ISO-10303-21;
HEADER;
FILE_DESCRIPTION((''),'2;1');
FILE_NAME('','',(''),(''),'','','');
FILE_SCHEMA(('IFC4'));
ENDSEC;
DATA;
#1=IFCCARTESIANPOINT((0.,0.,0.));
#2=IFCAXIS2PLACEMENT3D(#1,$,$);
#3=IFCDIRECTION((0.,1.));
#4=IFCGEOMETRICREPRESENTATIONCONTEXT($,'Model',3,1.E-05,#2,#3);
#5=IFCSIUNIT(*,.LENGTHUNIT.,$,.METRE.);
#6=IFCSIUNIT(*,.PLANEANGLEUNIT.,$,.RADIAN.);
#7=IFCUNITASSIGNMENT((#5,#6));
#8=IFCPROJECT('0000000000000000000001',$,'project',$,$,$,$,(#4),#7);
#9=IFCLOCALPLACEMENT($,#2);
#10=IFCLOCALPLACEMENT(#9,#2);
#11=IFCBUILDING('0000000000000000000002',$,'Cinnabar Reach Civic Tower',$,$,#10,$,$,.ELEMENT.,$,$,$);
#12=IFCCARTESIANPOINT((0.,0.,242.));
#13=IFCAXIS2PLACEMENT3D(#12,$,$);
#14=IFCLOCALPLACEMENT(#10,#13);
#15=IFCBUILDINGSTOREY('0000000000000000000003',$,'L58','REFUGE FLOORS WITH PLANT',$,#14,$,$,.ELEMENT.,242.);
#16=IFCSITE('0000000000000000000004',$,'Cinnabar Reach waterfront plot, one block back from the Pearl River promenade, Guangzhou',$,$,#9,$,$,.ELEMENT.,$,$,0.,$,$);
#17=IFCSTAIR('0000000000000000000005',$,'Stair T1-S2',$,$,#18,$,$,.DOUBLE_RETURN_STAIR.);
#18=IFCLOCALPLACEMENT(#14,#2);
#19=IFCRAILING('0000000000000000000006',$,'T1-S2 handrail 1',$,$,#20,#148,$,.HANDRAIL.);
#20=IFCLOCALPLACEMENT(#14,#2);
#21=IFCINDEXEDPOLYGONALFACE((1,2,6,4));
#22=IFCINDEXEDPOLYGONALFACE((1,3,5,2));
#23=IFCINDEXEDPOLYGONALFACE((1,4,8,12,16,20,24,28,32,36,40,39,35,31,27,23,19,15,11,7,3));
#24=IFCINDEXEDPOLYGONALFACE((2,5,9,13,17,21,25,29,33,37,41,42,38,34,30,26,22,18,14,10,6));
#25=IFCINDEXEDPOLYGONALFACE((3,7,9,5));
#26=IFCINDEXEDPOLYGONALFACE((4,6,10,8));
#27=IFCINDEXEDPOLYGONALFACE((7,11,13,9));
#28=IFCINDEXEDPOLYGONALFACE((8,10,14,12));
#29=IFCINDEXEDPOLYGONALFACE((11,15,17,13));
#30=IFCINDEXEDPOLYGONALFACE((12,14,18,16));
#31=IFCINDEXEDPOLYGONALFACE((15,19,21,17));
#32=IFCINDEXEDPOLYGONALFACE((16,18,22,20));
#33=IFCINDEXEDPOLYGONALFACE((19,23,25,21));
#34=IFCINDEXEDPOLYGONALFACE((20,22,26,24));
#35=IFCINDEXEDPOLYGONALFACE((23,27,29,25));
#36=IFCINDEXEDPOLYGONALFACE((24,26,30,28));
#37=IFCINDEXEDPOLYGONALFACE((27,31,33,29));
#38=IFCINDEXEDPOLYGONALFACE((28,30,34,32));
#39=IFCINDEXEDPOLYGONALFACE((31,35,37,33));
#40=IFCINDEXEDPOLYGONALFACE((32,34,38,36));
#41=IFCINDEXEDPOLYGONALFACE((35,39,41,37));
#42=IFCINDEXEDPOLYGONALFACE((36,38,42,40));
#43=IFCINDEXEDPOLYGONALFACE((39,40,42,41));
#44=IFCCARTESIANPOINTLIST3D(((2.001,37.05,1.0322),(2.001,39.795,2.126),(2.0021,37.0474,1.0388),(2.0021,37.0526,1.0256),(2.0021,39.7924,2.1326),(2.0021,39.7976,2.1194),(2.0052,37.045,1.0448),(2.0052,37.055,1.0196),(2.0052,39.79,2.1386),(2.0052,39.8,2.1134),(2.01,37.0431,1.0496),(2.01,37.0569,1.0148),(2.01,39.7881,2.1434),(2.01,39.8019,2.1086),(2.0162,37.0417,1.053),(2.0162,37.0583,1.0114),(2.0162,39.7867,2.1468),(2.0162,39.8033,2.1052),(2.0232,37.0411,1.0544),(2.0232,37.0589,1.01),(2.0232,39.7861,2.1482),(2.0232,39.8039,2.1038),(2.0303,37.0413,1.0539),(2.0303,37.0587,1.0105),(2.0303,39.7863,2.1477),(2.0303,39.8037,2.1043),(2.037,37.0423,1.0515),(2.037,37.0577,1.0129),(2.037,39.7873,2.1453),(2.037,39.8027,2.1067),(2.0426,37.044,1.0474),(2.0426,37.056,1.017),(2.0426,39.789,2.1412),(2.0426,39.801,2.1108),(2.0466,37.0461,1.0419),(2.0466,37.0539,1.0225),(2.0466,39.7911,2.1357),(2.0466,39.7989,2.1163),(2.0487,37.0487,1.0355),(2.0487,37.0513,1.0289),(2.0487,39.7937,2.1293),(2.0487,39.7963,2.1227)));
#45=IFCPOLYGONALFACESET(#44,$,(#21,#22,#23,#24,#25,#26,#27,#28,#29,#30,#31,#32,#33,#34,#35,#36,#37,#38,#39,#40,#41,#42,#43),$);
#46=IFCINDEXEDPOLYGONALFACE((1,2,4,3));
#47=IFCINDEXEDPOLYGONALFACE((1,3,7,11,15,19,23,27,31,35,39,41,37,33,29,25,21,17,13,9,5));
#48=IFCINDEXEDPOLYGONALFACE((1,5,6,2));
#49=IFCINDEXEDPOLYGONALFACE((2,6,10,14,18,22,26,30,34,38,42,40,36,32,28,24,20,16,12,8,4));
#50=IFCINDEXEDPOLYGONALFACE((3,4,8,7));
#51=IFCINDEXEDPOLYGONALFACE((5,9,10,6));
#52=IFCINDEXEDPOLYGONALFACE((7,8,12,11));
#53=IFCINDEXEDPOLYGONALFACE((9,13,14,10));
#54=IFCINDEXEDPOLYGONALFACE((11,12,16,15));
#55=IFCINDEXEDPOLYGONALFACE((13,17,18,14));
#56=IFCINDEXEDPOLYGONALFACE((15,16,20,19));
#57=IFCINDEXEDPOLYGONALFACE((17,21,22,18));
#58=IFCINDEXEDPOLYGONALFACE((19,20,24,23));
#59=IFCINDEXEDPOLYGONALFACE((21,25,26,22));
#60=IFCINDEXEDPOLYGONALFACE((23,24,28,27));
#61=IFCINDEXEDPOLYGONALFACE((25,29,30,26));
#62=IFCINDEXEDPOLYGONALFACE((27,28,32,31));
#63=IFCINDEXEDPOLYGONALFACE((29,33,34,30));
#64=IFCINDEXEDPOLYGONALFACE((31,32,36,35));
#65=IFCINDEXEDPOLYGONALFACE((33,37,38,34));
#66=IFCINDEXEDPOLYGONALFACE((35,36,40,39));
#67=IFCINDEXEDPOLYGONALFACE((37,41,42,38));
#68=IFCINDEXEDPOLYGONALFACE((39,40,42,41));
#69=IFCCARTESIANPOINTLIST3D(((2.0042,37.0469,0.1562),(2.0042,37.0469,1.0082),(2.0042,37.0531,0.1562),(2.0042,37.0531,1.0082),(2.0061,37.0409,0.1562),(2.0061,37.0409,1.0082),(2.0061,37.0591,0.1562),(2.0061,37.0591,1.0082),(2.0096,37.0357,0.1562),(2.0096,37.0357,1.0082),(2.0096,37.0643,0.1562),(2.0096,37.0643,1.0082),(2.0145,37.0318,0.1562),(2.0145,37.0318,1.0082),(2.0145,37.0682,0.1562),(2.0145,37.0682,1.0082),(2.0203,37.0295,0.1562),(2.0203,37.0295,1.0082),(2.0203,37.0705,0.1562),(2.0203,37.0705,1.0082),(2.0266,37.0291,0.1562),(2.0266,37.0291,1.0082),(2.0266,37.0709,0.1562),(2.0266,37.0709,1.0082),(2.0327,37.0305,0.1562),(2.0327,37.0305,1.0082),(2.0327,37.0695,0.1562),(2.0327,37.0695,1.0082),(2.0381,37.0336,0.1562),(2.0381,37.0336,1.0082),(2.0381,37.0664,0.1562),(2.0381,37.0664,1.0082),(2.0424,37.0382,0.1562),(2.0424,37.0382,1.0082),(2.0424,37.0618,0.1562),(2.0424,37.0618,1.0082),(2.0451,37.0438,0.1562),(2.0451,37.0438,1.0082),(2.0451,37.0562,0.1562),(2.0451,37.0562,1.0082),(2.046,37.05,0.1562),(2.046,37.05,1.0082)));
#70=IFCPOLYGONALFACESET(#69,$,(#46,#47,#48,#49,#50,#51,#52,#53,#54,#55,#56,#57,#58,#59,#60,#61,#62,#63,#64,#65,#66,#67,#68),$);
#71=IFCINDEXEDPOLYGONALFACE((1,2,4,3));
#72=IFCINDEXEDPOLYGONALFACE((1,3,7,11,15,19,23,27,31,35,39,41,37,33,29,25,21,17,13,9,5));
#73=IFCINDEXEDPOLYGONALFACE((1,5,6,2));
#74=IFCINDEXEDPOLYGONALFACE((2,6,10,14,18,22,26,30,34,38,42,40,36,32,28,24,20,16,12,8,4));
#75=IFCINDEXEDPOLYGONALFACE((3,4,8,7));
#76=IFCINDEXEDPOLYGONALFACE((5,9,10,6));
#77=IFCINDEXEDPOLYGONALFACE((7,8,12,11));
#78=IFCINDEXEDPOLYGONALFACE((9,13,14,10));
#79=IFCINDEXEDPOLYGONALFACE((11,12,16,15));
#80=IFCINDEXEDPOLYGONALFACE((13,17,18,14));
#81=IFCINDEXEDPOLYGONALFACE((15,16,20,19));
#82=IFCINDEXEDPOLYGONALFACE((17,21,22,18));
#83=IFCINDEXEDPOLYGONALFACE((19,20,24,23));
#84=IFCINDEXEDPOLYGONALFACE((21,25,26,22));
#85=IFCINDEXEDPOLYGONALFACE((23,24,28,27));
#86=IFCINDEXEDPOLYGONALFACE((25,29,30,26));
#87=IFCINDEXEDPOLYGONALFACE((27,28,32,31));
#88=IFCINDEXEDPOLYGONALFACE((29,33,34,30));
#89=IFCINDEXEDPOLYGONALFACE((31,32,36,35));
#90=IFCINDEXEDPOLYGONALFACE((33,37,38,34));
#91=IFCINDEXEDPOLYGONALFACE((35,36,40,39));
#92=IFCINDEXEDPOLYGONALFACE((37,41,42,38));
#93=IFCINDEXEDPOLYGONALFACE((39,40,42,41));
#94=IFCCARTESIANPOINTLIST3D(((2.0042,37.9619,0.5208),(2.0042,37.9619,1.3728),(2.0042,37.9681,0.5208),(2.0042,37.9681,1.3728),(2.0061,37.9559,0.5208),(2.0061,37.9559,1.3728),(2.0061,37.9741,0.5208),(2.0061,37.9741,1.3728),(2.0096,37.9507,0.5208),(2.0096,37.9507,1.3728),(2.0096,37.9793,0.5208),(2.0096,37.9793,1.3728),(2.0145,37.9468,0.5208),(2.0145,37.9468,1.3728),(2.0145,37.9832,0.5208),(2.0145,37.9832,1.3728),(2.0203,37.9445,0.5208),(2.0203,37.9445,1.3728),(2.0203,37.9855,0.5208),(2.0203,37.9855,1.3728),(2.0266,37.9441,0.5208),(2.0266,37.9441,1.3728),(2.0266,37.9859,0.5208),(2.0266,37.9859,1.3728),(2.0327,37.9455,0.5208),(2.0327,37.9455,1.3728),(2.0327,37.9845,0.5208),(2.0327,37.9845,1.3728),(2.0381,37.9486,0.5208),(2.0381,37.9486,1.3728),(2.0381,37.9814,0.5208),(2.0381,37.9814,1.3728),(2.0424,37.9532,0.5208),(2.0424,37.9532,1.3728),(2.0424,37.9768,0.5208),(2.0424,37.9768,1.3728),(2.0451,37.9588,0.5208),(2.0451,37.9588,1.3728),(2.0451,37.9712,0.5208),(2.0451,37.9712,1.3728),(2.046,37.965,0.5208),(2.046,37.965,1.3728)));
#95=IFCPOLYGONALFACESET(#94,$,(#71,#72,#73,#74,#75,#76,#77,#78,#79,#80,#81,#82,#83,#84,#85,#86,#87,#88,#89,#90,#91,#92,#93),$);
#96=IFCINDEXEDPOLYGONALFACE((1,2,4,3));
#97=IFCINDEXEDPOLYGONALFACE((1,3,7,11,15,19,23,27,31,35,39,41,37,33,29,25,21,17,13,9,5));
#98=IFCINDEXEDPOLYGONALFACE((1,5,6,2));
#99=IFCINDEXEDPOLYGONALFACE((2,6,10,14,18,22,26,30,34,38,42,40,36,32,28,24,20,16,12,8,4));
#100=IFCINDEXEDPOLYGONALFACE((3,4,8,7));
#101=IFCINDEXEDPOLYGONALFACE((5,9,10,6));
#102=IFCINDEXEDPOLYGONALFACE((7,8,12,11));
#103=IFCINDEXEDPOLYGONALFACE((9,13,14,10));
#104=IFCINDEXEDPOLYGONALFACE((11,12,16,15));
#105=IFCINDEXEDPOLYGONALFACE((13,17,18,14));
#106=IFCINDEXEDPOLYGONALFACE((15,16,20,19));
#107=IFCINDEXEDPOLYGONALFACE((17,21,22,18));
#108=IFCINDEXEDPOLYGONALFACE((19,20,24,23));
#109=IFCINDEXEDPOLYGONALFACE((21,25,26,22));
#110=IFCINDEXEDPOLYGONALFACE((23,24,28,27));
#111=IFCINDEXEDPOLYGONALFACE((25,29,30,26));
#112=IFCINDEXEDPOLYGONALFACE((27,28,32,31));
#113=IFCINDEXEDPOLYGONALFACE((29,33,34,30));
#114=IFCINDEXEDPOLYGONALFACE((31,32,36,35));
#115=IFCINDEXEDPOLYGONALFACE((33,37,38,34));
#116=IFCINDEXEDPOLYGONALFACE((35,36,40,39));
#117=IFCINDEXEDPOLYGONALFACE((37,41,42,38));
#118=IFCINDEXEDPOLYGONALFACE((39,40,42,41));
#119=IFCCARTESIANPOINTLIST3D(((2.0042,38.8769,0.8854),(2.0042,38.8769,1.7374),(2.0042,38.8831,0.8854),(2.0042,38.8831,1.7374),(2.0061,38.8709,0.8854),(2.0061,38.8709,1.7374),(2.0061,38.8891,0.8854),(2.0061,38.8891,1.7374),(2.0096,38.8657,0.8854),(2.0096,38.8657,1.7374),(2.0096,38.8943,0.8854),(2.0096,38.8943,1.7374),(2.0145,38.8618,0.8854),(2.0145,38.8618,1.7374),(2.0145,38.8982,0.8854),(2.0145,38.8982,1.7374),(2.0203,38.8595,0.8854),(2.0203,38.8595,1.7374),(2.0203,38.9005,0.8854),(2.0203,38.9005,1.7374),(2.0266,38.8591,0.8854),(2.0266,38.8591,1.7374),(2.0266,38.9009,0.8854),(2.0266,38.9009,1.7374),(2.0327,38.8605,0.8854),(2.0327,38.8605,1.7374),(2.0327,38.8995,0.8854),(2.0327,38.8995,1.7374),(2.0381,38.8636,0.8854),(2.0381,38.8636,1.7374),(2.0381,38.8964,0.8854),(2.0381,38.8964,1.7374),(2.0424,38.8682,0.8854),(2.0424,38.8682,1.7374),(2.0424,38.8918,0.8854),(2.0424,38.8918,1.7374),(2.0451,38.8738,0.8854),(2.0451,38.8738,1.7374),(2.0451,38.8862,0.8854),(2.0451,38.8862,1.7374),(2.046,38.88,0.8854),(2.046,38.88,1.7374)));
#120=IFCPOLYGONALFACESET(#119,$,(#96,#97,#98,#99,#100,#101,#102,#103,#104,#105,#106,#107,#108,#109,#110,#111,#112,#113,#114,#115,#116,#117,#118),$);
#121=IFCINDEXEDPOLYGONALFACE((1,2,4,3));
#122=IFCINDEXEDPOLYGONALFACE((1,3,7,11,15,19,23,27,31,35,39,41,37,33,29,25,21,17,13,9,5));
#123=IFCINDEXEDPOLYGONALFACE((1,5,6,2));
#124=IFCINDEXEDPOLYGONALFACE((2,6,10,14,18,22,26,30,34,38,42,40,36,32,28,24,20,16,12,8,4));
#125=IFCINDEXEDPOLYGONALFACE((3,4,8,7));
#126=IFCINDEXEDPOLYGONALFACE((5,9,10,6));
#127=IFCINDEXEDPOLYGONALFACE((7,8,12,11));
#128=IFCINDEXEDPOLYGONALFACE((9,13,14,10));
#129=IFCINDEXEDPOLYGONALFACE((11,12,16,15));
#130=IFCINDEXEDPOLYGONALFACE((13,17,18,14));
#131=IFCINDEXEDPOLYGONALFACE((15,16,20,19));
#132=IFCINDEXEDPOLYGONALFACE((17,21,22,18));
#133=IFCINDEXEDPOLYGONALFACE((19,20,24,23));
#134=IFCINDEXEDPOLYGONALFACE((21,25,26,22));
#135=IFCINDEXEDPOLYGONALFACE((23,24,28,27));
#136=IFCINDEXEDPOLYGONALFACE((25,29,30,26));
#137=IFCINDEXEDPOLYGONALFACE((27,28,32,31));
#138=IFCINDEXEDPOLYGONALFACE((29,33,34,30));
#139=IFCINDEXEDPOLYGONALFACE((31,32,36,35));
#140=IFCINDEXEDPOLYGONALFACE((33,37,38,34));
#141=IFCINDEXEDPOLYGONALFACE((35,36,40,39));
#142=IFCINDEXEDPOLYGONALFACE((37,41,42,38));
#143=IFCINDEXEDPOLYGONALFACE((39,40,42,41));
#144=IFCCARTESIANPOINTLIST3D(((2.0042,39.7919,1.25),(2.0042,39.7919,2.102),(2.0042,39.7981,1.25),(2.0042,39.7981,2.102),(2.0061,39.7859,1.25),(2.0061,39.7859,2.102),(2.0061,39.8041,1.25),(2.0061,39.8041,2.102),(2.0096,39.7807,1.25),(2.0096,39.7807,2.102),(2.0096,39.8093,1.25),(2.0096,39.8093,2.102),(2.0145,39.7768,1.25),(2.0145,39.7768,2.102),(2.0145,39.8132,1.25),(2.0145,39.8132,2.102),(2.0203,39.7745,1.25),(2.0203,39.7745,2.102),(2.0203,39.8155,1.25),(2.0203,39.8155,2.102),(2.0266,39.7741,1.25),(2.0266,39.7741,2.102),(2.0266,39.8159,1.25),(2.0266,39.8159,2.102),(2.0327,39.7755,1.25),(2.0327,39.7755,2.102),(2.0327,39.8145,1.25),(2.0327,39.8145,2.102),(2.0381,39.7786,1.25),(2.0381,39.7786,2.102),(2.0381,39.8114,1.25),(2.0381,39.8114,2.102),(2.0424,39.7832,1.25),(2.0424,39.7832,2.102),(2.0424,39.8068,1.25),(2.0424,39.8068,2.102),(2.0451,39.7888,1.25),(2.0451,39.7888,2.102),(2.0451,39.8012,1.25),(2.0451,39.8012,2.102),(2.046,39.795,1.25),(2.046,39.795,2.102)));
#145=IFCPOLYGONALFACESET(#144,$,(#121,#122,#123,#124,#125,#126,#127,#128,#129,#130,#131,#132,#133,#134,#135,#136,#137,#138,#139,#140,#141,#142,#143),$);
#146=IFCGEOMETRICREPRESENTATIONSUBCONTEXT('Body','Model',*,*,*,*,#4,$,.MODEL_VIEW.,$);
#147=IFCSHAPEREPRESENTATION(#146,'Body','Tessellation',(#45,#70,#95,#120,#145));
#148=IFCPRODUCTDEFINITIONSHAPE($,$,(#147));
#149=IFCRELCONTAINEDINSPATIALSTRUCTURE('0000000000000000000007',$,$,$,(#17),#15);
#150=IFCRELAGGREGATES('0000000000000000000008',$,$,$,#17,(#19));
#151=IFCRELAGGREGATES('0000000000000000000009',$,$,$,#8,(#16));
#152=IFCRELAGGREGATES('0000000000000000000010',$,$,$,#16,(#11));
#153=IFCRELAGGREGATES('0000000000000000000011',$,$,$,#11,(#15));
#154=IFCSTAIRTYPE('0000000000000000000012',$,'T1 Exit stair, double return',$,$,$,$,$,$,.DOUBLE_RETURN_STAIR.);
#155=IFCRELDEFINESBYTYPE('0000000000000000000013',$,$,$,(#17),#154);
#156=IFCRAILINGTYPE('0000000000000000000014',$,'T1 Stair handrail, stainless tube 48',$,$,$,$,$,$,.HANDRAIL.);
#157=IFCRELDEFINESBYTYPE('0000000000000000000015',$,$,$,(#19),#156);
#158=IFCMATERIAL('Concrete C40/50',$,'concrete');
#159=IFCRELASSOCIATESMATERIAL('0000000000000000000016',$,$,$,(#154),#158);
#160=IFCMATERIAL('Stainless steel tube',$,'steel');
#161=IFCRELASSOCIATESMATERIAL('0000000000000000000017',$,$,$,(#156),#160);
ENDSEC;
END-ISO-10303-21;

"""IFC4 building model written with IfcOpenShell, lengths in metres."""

from ifc_helpers import new_model, si_unit, direction, frame, origin, origin_2d, place, context, subcontext, project, spatial, circle, extrude, material, type_object, element, aggregate, save


model = new_model("IFC4")

# Units and contexts
model_context = context("Model", 3, precision=1e-05, world=origin(), true_north=direction((0.0, 1.0)))
body_context = subcontext(model_context, "Body", "Model", "MODEL_VIEW")
ifc_project = project(units=[si_unit("LENGTHUNIT", "METRE"), si_unit("PLANEANGLEUNIT", "RADIAN")], contexts=[model_context])

# Site, building, storey
site_placement = place(None, origin())
site = spatial("IfcSite", under=ifc_project, at=site_placement, Name="Cinnabar Reach waterfront plot, one block back from the Pearl River promenade, Guangzhou", CompositionType="ELEMENT", RefElevation=0.0)
building_placement = place(site_placement, origin())
building = spatial("IfcBuilding", under=site, at=building_placement, Name="Cinnabar Reach Civic Tower", CompositionType="ELEMENT")
storey_placement = place(building_placement, frame((0.0, 0.0, 242.0)))
storey = spatial("IfcBuildingStorey", under=building, at=storey_placement, Name="L58", Description="REFUGE FLOORS WITH PLANT", CompositionType="ELEMENT", Elevation=242.0)

# Shared definitions
ifc_material_1 = material(Name="Concrete C40/50", Category="concrete")

# Stair, railing
stair_type = type_object("IfcStairType", Name="T1 Exit stair, double return", PredefinedType="DOUBLE_RETURN_STAIR", material=ifc_material_1)
stair_placement = place(storey_placement, origin())
stair = element("IfcStair", 1, at=stair_placement, inside=storey, type_object=stair_type, Name="Stair T1-S2", PredefinedType="DOUBLE_RETURN_STAIR")
ifc_material_2 = material(Name="Stainless steel tube", Category="steel")
railing_type = type_object("IfcRailingType", Name="T1 Stair handrail, stainless tube 48", PredefinedType="HANDRAIL", material=ifc_material_2)
railing_1_placement = place(storey_placement, frame((2.025, 37.05, 0.1562)))
railing_1 = element("IfcRailing", 2, at=railing_1_placement, type_object=railing_type, Name="T1-S2 handrail 1", PredefinedType="HANDRAIL", context=body_context, shape_type="SweptSolid", body=[
    extrude(circle(Radius=0.024, at=origin_2d()), frame((0.0, 0.0, 0.876), z_axis=(0.0, 0.928966, 0.370165), x_axis=(-1.0, 0.0, 0.0)), (0.0, 0.0, 1.0), 2.9549),
    extrude(circle(Radius=0.021, at=origin_2d()), origin(), (0.0, 0.0, 1.0), 0.852),
    extrude(circle(Radius=0.021, at=origin_2d()), frame((0.0, 0.915, 0.3646)), (0.0, 0.0, 1.0), 0.852),
    extrude(circle(Radius=0.021, at=origin_2d()), frame((0.0, 1.83, 0.7292)), (0.0, 0.0, 1.0), 0.852),
    extrude(circle(Radius=0.021, at=origin_2d()), frame((0.0, 2.745, 1.0938)), (0.0, 0.0, 1.0), 0.852),
])
aggregate(stair, [railing_1])

save(model, "model.ifc")
